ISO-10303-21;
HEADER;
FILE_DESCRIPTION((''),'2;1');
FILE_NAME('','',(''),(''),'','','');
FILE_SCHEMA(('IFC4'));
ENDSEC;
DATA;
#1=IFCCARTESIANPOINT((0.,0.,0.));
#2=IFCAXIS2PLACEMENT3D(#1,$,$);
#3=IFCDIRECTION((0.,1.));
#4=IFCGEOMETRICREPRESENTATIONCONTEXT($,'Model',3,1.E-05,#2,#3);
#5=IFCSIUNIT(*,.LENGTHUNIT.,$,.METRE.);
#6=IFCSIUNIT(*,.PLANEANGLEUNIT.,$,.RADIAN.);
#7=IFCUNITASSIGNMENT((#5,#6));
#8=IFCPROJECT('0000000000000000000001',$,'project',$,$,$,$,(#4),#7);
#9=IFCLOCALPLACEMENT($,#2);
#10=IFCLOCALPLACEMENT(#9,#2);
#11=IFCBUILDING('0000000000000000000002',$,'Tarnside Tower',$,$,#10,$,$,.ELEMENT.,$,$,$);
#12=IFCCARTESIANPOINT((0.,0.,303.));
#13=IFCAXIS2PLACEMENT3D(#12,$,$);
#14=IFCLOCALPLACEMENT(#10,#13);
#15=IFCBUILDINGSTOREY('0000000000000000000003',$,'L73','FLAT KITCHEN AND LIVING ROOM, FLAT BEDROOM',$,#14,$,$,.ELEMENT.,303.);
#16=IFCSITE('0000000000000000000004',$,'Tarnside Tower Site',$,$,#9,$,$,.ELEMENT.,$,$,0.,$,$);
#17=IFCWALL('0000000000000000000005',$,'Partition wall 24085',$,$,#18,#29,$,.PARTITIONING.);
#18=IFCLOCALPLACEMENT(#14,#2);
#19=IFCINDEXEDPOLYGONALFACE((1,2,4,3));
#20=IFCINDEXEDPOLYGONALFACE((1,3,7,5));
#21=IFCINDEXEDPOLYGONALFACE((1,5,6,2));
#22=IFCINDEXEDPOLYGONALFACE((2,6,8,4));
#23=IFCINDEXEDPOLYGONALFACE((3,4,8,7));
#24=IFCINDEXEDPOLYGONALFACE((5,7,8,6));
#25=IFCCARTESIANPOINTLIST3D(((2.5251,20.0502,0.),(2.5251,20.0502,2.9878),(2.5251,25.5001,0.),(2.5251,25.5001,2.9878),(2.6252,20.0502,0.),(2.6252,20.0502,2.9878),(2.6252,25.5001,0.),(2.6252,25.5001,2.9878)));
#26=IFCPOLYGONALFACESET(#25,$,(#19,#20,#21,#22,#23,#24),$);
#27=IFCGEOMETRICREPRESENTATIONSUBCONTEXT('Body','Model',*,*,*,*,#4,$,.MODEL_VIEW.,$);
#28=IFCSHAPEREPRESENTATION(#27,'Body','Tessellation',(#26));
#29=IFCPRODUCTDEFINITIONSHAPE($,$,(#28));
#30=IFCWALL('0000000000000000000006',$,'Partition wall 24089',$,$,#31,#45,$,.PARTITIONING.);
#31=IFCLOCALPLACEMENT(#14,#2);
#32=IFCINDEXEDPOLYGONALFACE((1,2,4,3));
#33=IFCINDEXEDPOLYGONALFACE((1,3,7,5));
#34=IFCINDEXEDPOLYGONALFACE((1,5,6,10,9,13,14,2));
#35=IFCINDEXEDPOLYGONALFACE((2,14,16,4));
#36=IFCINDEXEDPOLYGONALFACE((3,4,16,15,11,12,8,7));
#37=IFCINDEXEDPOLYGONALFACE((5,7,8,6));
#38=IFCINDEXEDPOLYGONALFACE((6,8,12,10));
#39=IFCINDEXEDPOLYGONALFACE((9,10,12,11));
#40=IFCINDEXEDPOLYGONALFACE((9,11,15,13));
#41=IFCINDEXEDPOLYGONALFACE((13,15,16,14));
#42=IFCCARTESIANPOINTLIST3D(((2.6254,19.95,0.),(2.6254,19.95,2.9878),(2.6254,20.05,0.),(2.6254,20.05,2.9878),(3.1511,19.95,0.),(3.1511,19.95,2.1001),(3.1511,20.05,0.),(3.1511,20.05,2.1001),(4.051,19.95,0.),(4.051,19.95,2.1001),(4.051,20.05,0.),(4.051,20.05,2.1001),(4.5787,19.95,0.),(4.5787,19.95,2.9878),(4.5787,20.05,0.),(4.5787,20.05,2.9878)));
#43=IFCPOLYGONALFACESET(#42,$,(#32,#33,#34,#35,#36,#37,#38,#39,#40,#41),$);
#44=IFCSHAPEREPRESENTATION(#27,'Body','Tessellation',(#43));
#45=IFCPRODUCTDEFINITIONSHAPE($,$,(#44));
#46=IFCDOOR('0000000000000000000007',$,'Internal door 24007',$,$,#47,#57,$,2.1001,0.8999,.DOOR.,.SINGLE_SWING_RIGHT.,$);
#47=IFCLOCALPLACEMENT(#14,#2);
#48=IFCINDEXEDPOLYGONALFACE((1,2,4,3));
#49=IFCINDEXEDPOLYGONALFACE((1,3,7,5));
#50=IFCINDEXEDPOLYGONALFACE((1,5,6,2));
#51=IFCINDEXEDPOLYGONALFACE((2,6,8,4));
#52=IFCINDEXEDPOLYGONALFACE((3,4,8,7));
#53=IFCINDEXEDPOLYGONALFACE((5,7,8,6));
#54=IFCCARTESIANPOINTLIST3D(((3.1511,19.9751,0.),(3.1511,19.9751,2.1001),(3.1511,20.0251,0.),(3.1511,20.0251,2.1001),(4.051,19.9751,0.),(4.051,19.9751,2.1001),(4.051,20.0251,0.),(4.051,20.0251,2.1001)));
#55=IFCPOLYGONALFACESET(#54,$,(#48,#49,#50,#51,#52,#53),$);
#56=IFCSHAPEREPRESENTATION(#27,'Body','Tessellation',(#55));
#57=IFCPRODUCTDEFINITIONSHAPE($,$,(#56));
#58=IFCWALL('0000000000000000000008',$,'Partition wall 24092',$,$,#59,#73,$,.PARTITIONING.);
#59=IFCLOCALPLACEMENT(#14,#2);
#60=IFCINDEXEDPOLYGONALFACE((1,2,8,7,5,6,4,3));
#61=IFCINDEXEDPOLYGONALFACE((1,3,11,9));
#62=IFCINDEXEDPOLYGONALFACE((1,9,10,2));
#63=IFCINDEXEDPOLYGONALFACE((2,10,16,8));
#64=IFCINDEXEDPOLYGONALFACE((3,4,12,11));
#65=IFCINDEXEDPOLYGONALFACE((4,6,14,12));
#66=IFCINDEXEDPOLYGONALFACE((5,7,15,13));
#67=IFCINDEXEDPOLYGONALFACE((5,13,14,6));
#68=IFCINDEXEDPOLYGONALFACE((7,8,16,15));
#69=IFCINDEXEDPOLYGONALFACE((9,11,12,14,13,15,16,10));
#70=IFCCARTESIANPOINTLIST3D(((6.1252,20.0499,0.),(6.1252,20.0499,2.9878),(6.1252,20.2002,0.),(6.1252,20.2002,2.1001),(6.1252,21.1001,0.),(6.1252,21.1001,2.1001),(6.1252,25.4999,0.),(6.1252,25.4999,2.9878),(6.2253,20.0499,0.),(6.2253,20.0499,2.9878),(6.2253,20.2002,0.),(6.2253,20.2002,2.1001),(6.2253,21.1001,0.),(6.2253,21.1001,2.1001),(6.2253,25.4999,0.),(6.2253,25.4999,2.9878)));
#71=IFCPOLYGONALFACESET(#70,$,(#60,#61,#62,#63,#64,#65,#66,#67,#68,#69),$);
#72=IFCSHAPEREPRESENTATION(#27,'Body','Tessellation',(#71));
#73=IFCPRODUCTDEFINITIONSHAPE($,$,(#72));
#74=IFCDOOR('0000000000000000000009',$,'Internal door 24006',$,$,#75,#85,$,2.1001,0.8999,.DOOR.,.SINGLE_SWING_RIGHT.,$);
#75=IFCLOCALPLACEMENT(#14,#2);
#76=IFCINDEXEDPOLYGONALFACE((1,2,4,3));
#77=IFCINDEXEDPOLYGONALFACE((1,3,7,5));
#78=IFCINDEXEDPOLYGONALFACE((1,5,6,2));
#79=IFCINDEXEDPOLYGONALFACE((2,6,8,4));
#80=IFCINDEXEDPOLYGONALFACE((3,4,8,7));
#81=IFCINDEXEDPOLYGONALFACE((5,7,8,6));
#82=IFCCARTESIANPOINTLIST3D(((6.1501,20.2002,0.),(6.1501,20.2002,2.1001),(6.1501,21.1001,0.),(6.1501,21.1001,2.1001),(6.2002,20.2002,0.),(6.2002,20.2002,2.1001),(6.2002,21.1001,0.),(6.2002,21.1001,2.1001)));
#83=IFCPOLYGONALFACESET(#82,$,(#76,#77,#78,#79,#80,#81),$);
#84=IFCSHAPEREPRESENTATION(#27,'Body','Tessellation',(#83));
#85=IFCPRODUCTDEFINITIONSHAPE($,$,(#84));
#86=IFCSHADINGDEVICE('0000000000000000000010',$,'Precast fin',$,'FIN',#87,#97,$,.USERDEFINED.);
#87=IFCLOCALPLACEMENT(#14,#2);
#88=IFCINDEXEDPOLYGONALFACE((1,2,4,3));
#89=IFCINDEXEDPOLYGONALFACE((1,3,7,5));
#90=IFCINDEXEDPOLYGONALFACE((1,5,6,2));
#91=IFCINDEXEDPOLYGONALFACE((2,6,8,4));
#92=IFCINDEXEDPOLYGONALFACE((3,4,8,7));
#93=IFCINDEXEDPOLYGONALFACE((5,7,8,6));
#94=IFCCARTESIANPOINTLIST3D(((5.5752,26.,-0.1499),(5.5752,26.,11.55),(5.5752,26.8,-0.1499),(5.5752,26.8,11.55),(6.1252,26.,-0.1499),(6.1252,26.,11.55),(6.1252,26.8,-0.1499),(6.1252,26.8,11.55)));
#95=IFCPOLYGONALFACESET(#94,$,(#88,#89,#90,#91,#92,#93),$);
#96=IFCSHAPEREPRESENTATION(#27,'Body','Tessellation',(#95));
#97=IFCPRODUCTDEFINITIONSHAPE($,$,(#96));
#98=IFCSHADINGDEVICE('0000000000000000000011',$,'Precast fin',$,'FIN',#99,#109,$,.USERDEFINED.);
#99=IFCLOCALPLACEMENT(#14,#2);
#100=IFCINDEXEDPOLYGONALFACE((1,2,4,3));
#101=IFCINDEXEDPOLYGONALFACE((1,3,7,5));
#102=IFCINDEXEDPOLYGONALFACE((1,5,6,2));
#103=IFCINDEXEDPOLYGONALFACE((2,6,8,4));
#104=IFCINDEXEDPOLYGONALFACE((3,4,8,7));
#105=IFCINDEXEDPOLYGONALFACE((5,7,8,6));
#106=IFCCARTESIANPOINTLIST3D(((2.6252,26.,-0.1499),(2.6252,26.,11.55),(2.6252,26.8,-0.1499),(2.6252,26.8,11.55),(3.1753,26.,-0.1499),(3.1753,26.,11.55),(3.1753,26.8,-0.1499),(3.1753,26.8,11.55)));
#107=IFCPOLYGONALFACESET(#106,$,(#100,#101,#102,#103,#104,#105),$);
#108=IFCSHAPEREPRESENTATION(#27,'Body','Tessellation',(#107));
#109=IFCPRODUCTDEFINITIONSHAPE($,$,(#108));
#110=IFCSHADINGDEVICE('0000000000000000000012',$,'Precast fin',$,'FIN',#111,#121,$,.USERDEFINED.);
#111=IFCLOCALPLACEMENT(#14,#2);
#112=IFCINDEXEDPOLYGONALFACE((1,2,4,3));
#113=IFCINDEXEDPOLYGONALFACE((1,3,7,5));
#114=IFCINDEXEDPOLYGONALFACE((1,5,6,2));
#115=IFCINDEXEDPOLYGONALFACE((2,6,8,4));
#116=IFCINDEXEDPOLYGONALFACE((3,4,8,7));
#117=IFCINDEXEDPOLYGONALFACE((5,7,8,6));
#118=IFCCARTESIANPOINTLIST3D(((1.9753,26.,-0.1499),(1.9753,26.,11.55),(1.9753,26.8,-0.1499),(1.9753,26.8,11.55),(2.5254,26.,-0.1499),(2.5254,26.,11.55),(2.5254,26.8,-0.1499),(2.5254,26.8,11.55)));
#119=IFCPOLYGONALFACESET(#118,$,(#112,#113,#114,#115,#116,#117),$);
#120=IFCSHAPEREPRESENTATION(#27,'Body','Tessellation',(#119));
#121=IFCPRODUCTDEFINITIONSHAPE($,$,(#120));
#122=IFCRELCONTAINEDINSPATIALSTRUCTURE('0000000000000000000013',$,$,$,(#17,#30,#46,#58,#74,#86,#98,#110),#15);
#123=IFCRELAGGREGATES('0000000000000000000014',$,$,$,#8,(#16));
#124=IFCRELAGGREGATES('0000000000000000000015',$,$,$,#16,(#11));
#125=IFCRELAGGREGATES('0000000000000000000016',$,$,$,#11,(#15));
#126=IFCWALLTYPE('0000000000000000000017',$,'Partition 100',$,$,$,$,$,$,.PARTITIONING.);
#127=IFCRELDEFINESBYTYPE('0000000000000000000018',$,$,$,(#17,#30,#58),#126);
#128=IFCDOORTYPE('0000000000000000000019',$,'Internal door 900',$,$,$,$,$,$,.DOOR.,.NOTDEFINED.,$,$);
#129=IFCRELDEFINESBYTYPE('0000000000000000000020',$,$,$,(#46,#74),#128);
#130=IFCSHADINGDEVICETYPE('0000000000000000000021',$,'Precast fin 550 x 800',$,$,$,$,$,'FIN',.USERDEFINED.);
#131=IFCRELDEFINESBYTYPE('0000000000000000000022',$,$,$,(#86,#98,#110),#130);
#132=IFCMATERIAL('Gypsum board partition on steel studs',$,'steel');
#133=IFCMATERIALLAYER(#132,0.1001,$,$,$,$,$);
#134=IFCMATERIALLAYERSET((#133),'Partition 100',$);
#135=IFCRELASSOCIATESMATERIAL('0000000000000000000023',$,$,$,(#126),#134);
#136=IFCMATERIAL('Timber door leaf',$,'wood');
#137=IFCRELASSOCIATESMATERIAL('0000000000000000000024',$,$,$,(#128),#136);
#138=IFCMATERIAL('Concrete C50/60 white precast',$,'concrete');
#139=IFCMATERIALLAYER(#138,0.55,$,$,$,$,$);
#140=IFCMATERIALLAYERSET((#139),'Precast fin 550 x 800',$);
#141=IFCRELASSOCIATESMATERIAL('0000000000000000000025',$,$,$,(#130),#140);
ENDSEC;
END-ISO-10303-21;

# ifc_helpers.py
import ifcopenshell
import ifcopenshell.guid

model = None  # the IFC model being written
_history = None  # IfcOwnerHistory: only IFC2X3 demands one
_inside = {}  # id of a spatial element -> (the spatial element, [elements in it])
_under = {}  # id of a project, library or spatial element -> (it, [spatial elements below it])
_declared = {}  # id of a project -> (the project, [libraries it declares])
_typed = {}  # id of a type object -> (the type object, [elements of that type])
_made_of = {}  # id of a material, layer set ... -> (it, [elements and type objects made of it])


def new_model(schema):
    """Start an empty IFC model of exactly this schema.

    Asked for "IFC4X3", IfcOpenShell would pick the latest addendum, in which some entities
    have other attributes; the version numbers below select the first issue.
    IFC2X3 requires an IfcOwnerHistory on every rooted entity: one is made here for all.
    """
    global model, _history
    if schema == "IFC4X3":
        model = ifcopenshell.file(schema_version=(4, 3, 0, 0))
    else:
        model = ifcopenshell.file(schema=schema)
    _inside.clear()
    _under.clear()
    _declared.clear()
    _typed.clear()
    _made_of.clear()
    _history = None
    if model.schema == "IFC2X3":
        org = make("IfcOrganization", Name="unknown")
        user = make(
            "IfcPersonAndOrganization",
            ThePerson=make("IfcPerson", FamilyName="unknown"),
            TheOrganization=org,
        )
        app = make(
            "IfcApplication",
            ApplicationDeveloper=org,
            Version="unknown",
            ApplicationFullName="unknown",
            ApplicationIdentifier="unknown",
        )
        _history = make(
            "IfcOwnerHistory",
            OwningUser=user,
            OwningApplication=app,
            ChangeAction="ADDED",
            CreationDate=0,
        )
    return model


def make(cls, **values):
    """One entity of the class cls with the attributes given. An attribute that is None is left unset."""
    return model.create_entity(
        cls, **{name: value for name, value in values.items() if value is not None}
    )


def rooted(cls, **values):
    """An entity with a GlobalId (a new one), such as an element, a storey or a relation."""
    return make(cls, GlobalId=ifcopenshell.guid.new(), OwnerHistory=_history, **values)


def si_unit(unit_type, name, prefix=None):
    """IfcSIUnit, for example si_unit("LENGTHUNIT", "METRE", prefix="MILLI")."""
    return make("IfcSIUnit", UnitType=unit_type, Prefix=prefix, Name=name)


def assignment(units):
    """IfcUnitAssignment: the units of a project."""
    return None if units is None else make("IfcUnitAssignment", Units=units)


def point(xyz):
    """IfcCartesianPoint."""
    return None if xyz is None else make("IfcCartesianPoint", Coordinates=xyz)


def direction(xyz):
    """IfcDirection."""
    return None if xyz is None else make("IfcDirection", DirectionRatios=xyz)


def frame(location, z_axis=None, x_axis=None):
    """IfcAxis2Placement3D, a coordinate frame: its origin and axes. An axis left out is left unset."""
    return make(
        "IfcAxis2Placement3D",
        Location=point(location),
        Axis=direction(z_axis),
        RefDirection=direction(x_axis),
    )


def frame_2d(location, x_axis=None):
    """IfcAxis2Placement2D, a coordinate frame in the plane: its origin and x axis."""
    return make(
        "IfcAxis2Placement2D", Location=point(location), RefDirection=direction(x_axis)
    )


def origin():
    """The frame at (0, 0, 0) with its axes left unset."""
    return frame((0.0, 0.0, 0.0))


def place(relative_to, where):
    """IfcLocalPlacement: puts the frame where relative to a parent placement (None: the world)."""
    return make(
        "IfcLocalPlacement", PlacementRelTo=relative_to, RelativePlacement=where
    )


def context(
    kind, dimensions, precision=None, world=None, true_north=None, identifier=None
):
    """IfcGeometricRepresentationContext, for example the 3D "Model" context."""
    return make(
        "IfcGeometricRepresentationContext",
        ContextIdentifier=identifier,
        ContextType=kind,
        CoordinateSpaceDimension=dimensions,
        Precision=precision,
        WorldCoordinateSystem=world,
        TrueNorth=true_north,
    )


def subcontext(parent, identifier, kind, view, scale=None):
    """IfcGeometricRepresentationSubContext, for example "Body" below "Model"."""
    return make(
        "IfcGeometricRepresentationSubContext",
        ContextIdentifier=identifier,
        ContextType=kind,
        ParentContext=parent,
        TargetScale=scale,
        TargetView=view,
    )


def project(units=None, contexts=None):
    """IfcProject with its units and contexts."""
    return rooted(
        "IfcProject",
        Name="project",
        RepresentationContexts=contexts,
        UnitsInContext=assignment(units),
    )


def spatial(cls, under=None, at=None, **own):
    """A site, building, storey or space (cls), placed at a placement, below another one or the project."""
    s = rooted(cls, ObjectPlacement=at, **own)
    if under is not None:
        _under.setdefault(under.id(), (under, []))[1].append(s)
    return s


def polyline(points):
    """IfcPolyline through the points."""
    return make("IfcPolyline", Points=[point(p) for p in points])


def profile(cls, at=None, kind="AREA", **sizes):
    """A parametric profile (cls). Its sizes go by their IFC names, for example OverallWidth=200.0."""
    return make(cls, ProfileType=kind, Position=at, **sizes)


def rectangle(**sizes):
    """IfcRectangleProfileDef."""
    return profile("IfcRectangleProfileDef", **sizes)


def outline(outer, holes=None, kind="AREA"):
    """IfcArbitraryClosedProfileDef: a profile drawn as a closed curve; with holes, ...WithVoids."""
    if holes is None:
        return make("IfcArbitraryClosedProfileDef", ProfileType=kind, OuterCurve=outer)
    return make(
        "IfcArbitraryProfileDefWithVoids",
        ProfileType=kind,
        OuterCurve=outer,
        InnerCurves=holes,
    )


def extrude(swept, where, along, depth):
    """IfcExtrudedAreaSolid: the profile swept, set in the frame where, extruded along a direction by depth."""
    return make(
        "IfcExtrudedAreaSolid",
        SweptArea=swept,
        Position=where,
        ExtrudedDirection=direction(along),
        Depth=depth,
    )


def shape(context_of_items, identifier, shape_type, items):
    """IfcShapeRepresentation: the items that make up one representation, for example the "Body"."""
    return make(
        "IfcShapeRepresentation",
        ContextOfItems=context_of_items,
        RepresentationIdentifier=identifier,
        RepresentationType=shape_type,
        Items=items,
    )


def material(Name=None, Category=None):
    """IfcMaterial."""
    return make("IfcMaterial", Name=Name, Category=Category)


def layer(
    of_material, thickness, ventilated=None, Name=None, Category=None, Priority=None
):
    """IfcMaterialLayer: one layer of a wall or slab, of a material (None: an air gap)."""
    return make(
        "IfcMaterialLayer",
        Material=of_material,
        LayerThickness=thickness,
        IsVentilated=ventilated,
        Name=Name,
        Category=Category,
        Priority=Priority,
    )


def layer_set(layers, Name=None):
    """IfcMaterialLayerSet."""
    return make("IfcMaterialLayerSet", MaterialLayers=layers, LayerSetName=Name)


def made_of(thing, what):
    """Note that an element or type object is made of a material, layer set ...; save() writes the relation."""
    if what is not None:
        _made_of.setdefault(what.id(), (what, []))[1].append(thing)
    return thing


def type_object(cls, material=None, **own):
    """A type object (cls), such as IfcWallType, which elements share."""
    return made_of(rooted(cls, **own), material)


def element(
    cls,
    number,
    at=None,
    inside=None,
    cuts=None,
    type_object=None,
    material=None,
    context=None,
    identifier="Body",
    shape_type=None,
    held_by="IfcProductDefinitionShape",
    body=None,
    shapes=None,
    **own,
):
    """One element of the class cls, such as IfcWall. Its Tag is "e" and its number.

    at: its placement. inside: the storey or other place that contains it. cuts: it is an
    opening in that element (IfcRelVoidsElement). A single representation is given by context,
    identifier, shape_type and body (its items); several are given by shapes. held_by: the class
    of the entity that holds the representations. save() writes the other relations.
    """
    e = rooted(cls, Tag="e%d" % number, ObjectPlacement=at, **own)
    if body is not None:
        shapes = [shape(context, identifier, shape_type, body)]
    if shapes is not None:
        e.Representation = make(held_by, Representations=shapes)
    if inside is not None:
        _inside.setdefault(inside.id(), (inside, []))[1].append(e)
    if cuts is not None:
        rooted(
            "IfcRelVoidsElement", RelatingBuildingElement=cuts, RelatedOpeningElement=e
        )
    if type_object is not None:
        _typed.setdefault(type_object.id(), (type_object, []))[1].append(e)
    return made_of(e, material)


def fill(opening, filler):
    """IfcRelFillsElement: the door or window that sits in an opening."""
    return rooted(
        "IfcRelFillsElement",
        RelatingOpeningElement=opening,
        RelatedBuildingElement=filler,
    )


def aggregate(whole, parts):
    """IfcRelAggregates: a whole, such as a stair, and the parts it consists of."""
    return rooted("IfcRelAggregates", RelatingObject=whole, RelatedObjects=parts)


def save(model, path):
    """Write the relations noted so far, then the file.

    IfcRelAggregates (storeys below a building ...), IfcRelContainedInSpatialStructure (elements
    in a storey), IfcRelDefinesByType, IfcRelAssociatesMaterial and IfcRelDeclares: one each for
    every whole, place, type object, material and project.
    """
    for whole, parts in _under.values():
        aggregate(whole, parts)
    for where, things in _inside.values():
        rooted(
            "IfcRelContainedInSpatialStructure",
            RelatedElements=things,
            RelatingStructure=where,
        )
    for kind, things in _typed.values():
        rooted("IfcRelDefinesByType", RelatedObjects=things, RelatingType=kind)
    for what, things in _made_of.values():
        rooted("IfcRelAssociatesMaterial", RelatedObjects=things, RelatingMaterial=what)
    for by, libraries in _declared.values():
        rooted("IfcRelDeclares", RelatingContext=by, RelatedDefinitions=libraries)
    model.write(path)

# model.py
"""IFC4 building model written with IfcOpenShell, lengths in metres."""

from ifc_helpers import new_model, si_unit, direction, frame, frame_2d, origin, place, context, subcontext, project, spatial, polyline, rectangle, outline, extrude, material, layer, layer_set, type_object, element, fill, save


model = new_model("IFC4")

# Units and contexts
model_context = context("Model", 3, precision=1e-05, world=origin(), true_north=direction((0.0, 1.0)))
body_context = subcontext(model_context, "Body", "Model", "MODEL_VIEW")
ifc_project = project(units=[si_unit("LENGTHUNIT", "METRE"), si_unit("PLANEANGLEUNIT", "RADIAN")], contexts=[model_context])

# Site, building, storey
site_placement = place(None, origin())
site = spatial("IfcSite", under=ifc_project, at=site_placement, Name="Tarnside Tower Site", CompositionType="ELEMENT", RefElevation=0.0)
building_placement = place(site_placement, origin())
building = spatial("IfcBuilding", under=site, at=building_placement, Name="Tarnside Tower", CompositionType="ELEMENT")
storey_placement = place(building_placement, frame((0.0, 0.0, 303.0)))
storey = spatial("IfcBuildingStorey", under=building, at=storey_placement, Name="L73", Description="FLAT KITCHEN AND LIVING ROOM, FLAT BEDROOM", CompositionType="ELEMENT", Elevation=303.0)

# Shared definitions
ifc_material_1 = material(Name="Gypsum board partition on steel studs", Category="steel")
ifc_material_2 = material(Name="Timber door leaf", Category="wood")

# Shared definitions
ifc_layer_1 = layer(ifc_material_1, 0.1001)
ifc_layer_set_1 = layer_set([ifc_layer_1], Name="Partition 100")
wall_type_1 = type_object("IfcWallType", Name="Partition 100", PredefinedType="PARTITIONING", material=ifc_layer_set_1)
door_type_1 = type_object("IfcDoorType", Name="Internal door 900", OperationType="NOTDEFINED", PredefinedType="DOOR", material=ifc_material_2)

# Wall
wall_1_placement = place(storey_placement, frame((2.5752, 20.05, 0.0), z_axis=(0.0, 0.0, 1.0), x_axis=(0.0, 1.0, 0.0)))
element("IfcWall", 1, at=wall_1_placement, inside=storey, type_object=wall_type_1, Name="Partition wall 24085", PredefinedType="PARTITIONING", context=body_context, shape_type="SweptSolid", body=[
    extrude(rectangle(XDim=5.45, YDim=0.1001, at=frame_2d((2.7251, 0.0))), origin(), (0.0, 0.0, 1.0), 2.9878),
])

# Walls, openings, doors
wall_2_placement = place(storey_placement, frame((4.5786, 20.0, 0.0), z_axis=(0.0, 0.0, 1.0), x_axis=(-1.0, 0.0, 0.0)))
wall_2 = element("IfcWall", 2, at=wall_2_placement, inside=storey, type_object=wall_type_1, Name="Partition wall 24089", PredefinedType="PARTITIONING", context=body_context, shape_type="SweptSolid", body=[
    extrude(rectangle(XDim=1.9534, YDim=0.1001, at=frame_2d((0.9766, 0.0))), origin(), (0.0, 0.0, 1.0), 2.9878),
])
opening_1_placement = place(wall_2_placement, frame((0.5276, 0.0, 0.0)))
opening_1 = element("IfcOpeningElement", 3, at=opening_1_placement, cuts=wall_2, PredefinedType="OPENING", context=body_context, shape_type="SweptSolid", body=[
    extrude(rectangle(XDim=0.8999, YDim=2.1001, at=frame_2d((0.45, 1.05))), frame((0.0, 0.0601, 0.0), z_axis=(0.0, -1.0, 0.0), x_axis=(1.0, 0.0, 0.0)), (0.0, 0.0, 1.0), 0.1201),
])
door_1_placement = place(opening_1_placement, origin())
door_1 = element("IfcDoor", 4, at=door_1_placement, inside=storey, type_object=door_type_1, Name="Internal door 24007", OperationType="SINGLE_SWING_RIGHT", OverallHeight=2.1001, OverallWidth=0.8999, PredefinedType="DOOR", context=body_context, shape_type="SweptSolid", body=[
    extrude(rectangle(XDim=0.8999, YDim=2.1001, at=frame_2d((0.45, 1.05))), frame((0.0, 0.0249, 0.0), z_axis=(0.0, -1.0, 0.0), x_axis=(1.0, 0.0, 0.0)), (0.0, 0.0, 1.0), 0.05),
])
fill(opening_1, door_1)
wall_3_placement = place(storey_placement, frame((6.1753, 25.5, 0.0), z_axis=(0.0, 0.0, 1.0), x_axis=(0.0, -1.0, 0.0)))
wall_3 = element("IfcWall", 5, at=wall_3_placement, inside=storey, type_object=wall_type_1, Name="Partition wall 24092", PredefinedType="PARTITIONING", context=body_context, shape_type="SweptSolid", body=[
    extrude(rectangle(XDim=5.45, YDim=0.1001, at=frame_2d((2.7251, 0.0))), origin(), (0.0, 0.0, 1.0), 2.9878),
])
opening_2_placement = place(wall_3_placement, frame((4.3999, 0.0, 0.0)))
opening_2 = element("IfcOpeningElement", 6, at=opening_2_placement, cuts=wall_3, PredefinedType="OPENING", context=body_context, shape_type="SweptSolid", body=[
    extrude(rectangle(XDim=0.8999, YDim=2.1001, at=frame_2d((0.45, 1.05))), frame((0.0, 0.0601, 0.0), z_axis=(0.0, -1.0, 0.0), x_axis=(1.0, 0.0, 0.0)), (0.0, 0.0, 1.0), 0.1201),
])
door_2_placement = place(opening_2_placement, origin())
door_2 = element("IfcDoor", 7, at=door_2_placement, inside=storey, type_object=door_type_1, Name="Internal door 24006", OperationType="SINGLE_SWING_RIGHT", OverallHeight=2.1001, OverallWidth=0.8999, PredefinedType="DOOR", context=body_context, shape_type="SweptSolid", body=[
    extrude(rectangle(XDim=0.8999, YDim=2.1001, at=frame_2d((0.45, 1.05))), frame((0.0, 0.0249, 0.0), z_axis=(0.0, -1.0, 0.0), x_axis=(1.0, 0.0, 0.0)), (0.0, 0.0, 1.0), 0.05),
])
fill(opening_2, door_2)

# Shading devices
ifc_material_3 = material(Name="Concrete C50/60 white precast", Category="concrete")
ifc_layer_2 = layer(ifc_material_3, 0.55)
ifc_layer_set_2 = layer_set([ifc_layer_2], Name="Precast fin 550 x 800")
shading_device_type = type_object("IfcShadingDeviceType", Name="Precast fin 550 x 800", ElementType="FIN", PredefinedType="USERDEFINED", material=ifc_layer_set_2)
for number, where, z_axis, x_axis, name in (
    (8, (5.8501, 26.0, -0.1499), (1.0, 0.0, 0.0), (0.0, 1.0, 0.0), "Precast fin"),
    (9, (2.9001, 26.0, -0.1499), (1.0, 0.0, 0.0), (0.0, 1.0, 0.0), "Precast fin"),
    (10, (2.2502, 26.0, -0.1499), (1.0, 0.0, 0.0), (0.0, 1.0, 0.0), "Precast fin"),
):
    element("IfcShadingDevice", number, at=place(storey_placement, frame(where, z_axis=z_axis, x_axis=x_axis)), inside=storey, type_object=shading_device_type, Name=name, ObjectType="FIN", PredefinedType="USERDEFINED", context=body_context, shape_type="SweptSolid", body=[
        extrude(outline(polyline([(0.0, 0.0), (0.8, 0.0), (0.8, 11.7), (0.0, 11.7), (0.0, 0.0)])), frame((0.0, 0.0, -0.2749)), (0.0, 0.0, 1.0), 0.55),
    ])

save(model, "model.ifc")
